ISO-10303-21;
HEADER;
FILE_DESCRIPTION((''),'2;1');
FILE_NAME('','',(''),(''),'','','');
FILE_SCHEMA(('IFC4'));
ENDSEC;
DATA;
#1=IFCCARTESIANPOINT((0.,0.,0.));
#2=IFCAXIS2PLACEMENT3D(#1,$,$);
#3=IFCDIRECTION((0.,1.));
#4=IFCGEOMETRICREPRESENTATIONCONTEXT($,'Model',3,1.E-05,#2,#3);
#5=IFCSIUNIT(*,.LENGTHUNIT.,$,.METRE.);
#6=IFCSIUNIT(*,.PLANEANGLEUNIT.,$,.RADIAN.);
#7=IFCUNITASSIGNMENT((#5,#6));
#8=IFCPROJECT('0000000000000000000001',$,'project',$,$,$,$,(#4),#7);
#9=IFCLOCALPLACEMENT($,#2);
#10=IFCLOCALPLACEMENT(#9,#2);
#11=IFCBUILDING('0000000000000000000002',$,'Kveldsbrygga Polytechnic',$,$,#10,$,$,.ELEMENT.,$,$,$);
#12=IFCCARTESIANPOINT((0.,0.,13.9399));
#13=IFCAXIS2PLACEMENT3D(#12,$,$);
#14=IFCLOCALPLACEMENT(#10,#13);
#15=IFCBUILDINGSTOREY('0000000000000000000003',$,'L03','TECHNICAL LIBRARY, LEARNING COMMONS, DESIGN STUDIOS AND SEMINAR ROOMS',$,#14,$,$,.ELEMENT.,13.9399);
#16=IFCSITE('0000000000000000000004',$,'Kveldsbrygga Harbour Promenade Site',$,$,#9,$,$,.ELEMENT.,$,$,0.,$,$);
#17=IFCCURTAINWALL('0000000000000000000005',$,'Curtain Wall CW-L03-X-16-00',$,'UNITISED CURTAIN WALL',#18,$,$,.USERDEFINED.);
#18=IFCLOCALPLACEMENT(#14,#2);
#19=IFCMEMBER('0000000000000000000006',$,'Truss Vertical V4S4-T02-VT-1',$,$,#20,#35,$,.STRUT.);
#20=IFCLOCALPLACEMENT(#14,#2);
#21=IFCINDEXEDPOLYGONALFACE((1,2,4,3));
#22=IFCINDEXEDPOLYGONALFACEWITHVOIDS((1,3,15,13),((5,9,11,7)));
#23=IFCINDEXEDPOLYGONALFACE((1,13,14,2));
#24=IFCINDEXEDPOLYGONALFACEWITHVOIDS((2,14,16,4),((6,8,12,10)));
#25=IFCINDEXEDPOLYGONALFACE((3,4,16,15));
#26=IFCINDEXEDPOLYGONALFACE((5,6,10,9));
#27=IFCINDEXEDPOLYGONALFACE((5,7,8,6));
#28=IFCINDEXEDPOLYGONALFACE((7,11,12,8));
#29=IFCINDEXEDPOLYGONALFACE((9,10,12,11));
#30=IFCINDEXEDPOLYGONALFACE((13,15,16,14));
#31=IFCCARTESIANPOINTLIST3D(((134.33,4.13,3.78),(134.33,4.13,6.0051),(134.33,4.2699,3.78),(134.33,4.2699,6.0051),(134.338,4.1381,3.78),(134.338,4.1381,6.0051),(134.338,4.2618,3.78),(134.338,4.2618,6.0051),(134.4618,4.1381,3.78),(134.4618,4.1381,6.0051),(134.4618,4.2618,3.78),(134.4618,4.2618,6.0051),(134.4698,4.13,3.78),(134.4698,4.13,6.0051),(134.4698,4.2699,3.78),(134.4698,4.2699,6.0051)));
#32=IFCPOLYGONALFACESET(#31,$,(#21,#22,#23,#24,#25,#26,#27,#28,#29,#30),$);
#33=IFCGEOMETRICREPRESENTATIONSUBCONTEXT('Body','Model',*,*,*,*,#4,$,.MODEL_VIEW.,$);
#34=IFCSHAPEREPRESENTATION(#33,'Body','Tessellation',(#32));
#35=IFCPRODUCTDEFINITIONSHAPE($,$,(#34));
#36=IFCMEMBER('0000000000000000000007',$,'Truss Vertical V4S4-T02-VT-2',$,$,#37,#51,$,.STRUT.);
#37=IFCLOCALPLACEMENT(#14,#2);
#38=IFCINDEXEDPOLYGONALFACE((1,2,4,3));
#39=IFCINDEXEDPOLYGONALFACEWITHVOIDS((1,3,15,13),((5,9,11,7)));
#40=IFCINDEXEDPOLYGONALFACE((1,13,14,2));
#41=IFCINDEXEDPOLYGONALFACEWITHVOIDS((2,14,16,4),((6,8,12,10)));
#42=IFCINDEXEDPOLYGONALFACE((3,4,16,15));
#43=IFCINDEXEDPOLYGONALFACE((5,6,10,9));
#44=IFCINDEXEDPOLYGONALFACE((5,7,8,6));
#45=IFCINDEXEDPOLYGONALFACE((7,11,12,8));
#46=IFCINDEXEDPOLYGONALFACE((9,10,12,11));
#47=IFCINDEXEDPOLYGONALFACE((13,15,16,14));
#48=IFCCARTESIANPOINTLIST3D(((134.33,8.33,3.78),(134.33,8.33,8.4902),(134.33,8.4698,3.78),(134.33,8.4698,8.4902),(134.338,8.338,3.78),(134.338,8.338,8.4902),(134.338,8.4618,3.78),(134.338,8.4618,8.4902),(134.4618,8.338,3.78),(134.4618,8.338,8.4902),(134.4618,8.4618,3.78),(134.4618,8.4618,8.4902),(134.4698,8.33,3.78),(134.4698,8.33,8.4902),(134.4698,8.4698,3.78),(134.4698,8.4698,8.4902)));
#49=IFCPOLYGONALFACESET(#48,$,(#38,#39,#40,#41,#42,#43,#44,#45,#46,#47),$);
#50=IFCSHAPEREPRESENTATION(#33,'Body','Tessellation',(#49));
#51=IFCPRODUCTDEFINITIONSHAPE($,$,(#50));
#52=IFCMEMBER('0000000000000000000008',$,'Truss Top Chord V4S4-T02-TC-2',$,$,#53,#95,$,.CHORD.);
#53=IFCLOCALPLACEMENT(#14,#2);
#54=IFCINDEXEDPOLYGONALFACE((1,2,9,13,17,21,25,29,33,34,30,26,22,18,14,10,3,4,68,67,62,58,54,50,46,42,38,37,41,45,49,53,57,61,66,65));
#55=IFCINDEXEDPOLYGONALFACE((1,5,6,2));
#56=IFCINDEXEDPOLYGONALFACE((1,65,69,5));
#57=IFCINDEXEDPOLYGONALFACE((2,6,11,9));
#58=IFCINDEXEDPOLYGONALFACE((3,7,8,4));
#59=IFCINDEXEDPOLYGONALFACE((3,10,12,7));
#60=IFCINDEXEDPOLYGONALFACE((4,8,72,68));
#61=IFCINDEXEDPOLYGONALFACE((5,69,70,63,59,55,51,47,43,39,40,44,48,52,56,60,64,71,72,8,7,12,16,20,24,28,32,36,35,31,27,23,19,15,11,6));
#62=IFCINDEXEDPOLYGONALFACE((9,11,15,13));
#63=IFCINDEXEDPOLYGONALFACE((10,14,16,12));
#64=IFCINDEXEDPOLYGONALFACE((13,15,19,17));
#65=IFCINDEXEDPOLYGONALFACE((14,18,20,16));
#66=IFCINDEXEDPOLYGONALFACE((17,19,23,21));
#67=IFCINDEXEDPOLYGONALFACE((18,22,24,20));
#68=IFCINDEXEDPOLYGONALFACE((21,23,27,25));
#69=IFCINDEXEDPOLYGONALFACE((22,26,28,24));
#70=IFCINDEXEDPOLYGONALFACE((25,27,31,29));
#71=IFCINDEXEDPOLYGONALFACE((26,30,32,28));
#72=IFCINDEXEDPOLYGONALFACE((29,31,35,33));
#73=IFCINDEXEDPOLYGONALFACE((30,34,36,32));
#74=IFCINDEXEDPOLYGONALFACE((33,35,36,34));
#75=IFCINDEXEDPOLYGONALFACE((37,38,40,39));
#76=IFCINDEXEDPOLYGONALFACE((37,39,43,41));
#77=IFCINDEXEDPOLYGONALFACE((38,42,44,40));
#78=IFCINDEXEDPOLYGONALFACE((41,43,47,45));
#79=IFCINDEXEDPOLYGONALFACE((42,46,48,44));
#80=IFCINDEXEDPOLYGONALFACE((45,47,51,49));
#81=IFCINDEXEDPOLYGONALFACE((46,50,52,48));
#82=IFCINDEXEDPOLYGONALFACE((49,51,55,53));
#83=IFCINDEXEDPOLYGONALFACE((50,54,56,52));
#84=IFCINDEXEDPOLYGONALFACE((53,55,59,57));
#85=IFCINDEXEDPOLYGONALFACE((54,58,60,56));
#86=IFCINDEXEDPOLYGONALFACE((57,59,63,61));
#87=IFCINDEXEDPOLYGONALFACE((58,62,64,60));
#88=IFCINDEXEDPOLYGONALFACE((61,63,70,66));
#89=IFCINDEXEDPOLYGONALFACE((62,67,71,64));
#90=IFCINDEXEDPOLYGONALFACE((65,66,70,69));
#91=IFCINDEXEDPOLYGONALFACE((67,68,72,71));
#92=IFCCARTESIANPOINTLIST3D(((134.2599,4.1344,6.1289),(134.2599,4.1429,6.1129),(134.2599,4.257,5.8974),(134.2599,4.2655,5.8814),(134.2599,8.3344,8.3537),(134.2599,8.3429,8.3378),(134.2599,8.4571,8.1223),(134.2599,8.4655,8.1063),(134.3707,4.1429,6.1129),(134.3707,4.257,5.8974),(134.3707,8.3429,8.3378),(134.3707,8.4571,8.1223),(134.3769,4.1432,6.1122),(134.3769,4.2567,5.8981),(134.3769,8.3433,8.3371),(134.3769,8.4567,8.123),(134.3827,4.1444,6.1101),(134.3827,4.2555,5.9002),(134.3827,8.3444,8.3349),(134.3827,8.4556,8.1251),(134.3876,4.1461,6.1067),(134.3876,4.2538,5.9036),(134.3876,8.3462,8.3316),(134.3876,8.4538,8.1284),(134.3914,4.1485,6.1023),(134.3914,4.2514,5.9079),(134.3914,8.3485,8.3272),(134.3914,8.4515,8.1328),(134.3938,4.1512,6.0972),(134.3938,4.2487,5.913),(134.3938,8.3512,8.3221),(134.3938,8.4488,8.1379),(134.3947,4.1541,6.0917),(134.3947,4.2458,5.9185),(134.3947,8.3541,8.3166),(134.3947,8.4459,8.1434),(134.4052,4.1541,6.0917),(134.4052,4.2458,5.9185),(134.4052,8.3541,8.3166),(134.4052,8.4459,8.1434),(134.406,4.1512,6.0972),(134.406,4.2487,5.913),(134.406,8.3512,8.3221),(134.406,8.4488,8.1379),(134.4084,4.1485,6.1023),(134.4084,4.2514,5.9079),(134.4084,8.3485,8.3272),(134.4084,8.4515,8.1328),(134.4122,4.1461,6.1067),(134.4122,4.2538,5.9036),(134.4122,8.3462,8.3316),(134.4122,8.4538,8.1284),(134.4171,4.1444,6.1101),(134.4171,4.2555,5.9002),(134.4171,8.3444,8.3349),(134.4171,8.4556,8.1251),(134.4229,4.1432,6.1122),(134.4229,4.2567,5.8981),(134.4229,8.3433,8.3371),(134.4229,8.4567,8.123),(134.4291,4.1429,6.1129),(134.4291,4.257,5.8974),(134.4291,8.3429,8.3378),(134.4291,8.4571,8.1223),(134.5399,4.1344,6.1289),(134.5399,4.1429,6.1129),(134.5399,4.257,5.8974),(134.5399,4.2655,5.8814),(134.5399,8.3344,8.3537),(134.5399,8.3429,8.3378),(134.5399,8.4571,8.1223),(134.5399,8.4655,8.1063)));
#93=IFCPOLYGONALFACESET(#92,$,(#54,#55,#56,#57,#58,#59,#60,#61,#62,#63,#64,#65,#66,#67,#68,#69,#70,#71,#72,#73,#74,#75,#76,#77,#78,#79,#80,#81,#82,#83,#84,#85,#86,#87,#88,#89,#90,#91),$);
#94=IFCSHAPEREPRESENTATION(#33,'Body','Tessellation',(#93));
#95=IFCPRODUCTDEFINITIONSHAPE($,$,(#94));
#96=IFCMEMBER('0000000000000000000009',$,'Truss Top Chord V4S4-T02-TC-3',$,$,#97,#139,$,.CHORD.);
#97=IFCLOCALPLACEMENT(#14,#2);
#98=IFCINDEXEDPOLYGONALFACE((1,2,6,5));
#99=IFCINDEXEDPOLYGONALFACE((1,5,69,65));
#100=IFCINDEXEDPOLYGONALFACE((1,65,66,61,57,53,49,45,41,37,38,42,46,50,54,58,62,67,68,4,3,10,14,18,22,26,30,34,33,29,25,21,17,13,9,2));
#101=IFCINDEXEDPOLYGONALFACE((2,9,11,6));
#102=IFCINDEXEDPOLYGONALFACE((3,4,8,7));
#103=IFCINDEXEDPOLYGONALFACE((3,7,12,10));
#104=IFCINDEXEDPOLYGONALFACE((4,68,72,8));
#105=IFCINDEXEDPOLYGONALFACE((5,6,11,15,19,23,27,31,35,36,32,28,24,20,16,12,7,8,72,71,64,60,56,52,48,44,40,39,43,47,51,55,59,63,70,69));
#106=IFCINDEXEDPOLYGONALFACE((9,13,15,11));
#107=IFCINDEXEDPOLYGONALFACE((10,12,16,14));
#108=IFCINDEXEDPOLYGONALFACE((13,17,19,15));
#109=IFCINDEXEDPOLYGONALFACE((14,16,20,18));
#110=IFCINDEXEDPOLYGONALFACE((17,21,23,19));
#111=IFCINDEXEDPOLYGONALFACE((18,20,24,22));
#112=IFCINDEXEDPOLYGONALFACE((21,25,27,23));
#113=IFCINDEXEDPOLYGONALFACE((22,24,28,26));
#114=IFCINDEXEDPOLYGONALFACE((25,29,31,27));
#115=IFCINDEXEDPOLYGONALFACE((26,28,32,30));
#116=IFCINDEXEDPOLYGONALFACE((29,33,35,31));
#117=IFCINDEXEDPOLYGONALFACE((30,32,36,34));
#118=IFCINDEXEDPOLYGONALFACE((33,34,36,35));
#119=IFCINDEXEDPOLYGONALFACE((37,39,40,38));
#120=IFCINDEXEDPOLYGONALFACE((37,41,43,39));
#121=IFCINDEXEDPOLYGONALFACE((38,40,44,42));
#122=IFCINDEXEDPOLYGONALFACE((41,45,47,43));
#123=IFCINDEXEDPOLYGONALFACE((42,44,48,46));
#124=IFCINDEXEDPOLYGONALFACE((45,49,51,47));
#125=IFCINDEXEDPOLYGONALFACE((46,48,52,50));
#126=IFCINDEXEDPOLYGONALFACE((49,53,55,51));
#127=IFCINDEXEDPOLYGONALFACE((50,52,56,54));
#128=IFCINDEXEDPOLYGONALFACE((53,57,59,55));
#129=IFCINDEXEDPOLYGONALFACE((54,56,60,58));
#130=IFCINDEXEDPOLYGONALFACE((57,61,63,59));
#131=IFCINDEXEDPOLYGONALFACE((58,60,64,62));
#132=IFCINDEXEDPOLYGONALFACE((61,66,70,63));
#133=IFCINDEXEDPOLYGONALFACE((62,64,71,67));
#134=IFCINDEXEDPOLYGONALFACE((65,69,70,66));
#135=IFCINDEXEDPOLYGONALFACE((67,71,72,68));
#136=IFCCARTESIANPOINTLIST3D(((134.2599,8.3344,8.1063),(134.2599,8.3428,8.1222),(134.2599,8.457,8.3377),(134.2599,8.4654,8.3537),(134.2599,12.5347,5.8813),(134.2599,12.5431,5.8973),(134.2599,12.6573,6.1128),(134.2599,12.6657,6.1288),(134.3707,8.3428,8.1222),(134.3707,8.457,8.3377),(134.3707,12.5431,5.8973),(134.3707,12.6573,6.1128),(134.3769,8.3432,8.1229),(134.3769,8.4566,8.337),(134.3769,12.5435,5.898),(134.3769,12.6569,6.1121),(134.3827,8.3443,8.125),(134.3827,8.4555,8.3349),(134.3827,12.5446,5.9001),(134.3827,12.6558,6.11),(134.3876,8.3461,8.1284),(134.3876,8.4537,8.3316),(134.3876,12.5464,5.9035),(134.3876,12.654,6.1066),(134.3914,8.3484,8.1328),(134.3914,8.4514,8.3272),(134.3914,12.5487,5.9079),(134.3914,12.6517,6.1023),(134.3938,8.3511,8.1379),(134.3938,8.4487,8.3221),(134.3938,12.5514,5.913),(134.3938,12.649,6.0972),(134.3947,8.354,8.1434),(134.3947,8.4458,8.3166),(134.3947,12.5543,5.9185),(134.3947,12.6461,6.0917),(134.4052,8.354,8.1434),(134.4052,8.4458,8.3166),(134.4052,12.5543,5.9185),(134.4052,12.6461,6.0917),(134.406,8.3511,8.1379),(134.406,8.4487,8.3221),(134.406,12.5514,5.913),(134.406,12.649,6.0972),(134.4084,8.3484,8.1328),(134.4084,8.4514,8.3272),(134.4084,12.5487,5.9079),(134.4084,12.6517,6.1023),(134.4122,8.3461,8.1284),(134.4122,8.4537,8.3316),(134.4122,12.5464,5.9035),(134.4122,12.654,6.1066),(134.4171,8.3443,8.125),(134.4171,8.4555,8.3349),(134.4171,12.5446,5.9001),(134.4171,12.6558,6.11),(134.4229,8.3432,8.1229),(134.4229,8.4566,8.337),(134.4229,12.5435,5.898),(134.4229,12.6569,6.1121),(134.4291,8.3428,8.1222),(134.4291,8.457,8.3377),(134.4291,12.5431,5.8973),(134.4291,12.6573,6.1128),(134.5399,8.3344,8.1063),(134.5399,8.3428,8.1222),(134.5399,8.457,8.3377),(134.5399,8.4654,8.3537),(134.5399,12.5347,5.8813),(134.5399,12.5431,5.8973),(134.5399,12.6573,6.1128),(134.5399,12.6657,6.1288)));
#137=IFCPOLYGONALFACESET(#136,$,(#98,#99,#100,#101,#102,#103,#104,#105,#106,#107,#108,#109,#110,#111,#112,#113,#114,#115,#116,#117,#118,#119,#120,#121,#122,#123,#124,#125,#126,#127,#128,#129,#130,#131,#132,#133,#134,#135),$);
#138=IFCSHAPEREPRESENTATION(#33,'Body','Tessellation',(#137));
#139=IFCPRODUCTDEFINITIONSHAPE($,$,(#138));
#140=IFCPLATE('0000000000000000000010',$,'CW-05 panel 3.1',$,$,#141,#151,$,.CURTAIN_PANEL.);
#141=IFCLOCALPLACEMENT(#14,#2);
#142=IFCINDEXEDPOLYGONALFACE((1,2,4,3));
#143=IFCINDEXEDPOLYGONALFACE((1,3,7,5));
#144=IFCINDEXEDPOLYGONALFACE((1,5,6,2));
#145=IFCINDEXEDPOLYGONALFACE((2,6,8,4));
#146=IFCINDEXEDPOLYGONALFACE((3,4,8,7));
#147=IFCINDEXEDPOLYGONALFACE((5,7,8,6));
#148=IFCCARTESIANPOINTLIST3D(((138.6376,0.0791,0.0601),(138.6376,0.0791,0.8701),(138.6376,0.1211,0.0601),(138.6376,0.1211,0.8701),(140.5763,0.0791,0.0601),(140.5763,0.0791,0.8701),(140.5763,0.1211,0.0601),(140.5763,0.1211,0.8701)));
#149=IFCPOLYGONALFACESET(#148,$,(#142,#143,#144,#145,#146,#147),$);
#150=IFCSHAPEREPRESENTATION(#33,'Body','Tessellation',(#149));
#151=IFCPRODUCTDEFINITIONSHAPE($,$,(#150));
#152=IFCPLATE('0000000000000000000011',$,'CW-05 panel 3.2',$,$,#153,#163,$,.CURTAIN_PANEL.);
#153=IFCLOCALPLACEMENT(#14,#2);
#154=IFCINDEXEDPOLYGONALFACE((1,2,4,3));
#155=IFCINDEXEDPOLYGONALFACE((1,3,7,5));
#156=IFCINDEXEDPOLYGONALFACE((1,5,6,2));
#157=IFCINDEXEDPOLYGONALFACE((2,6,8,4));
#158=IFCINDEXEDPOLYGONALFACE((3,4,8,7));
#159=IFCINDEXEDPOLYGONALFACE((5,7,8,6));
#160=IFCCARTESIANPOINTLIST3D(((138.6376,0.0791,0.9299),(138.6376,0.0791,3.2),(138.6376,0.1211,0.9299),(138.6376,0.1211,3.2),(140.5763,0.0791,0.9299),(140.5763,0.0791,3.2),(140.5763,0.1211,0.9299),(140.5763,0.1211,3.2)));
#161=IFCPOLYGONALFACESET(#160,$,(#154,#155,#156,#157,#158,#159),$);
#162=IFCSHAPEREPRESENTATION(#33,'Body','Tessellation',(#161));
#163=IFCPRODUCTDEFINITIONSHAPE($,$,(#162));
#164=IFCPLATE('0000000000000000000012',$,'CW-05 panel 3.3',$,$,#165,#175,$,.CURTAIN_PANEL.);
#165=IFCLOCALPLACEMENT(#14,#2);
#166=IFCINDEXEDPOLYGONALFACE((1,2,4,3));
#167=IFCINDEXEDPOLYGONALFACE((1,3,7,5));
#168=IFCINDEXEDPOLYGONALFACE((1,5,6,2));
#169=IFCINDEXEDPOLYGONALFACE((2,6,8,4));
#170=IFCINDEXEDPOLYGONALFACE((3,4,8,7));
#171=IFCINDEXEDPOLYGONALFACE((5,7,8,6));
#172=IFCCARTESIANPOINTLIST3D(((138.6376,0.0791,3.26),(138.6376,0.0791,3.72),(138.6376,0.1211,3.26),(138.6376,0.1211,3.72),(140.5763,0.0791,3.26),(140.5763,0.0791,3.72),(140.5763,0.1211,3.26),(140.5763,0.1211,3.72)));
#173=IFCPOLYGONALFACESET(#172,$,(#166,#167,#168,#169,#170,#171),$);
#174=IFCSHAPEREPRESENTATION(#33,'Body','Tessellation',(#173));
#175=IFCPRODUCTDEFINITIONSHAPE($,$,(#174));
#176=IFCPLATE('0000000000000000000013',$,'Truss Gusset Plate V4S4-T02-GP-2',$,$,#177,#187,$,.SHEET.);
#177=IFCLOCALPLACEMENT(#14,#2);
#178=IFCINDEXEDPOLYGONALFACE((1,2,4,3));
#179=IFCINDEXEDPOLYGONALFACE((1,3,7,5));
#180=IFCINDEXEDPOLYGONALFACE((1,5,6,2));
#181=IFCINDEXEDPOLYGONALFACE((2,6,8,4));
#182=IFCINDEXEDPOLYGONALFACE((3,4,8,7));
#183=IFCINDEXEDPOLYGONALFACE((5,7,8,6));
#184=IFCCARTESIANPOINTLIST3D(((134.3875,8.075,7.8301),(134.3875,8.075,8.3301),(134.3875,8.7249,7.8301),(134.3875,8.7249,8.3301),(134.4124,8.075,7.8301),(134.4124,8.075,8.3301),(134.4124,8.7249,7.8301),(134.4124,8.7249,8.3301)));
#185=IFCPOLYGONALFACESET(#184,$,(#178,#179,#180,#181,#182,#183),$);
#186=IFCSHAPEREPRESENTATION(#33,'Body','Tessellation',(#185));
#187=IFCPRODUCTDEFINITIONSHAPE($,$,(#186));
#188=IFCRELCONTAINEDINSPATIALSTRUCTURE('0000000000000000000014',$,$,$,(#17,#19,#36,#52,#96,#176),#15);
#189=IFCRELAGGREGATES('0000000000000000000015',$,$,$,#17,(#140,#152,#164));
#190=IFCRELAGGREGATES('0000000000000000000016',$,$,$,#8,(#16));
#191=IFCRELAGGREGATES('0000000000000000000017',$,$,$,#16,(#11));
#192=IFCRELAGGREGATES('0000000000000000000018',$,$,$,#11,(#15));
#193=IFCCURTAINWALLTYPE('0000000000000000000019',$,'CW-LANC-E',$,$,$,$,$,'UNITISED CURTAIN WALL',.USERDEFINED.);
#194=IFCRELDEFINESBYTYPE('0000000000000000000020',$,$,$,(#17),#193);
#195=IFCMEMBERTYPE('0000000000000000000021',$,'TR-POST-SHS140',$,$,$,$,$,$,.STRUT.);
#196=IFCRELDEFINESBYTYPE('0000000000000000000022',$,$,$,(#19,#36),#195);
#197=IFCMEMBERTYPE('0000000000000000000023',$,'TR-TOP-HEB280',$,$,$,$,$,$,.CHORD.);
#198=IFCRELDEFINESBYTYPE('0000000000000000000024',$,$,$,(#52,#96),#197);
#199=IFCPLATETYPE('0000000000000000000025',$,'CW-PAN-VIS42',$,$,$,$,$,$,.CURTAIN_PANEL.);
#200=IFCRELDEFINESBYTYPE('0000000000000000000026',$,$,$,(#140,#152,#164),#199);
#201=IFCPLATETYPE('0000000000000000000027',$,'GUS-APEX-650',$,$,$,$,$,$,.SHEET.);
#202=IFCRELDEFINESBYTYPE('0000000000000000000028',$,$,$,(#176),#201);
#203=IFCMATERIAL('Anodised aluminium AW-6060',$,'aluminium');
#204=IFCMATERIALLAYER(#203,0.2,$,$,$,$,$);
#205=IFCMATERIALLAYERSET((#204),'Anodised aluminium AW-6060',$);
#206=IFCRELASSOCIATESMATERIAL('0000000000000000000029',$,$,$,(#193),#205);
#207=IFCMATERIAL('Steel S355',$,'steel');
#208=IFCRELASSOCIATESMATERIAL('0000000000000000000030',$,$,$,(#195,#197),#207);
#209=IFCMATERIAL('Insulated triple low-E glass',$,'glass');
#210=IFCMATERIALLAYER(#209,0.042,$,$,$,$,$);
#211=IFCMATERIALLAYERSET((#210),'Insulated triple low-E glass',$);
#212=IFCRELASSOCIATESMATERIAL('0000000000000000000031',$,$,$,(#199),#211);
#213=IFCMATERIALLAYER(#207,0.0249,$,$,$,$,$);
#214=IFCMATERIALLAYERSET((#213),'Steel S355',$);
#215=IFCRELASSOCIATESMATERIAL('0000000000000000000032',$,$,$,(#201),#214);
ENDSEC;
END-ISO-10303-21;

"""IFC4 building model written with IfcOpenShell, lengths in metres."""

from ifc_helpers import new_model, si_unit, direction, frame, origin, origin_2d, place, context, subcontext, project, spatial, rectangle, hollow_rectangle, i_section, extrude, material, layer, layer_set, material_profile, profile_set, type_object, element, aggregate, save


model = new_model("IFC4")

# Units and contexts
model_context = context("Model", 3, precision=1e-05, world=origin(), true_north=direction((0.0, 1.0)))
body_context = subcontext(model_context, "Body", "Model", "MODEL_VIEW")
ifc_project = project(units=[si_unit("LENGTHUNIT", "METRE"), si_unit("PLANEANGLEUNIT", "RADIAN")], contexts=[model_context])

# Site, building, storey
site_placement = place(None, origin())
site = spatial("IfcSite", under=ifc_project, at=site_placement, Name="Kveldsbrygga Harbour Promenade Site", CompositionType="ELEMENT", RefElevation=0.0)
building_placement = place(site_placement, origin())
building = spatial("IfcBuilding", under=site, at=building_placement, Name="Kveldsbrygga Polytechnic", CompositionType="ELEMENT")
storey_placement = place(building_placement, frame((0.0, 0.0, 13.9399)))
storey = spatial("IfcBuildingStorey", under=building, at=storey_placement, Name="L03", Description="TECHNICAL LIBRARY, LEARNING COMMONS, DESIGN STUDIOS AND SEMINAR ROOMS", CompositionType="ELEMENT", Elevation=13.9399)

# Shared definitions
ifc_material_1 = material(Name="Steel S355", Category="steel")

# Curtain wall
ifc_material_2 = material(Name="Anodised aluminium AW-6060", Category="aluminium")
ifc_layer_1 = layer(ifc_material_2, 0.2)
ifc_layer_set_1 = layer_set([ifc_layer_1], Name="Anodised aluminium AW-6060")
curtain_wall_type = type_object("IfcCurtainWallType", Name="CW-LANC-E", ElementType="UNITISED CURTAIN WALL", PredefinedType="USERDEFINED", material=ifc_layer_set_1)
curtain_wall_placement = place(storey_placement, origin())
curtain_wall = element("IfcCurtainWall", 1, at=curtain_wall_placement, inside=storey, type_object=curtain_wall_type, Name="Curtain Wall CW-L03-X-16-00", ObjectType="UNITISED CURTAIN WALL", PredefinedType="USERDEFINED")

# Members
ifc_material_profile_1 = material_profile(ifc_material_1, hollow_rectangle(XDim=0.1399, YDim=0.1399, WallThickness=0.0081, at=origin_2d()), Name="SHS 140x140x8.0")
ifc_profile_set_1 = profile_set([ifc_material_profile_1], Name="Steel S355")
member_type_1 = type_object("IfcMemberType", Name="TR-POST-SHS140", PredefinedType="STRUT", material=ifc_profile_set_1)
member_1_placement = place(storey_placement, frame((134.3999, 4.2, 3.78), z_axis=(0.0, 0.0, 1.0), x_axis=(1.0, 0.0, 0.0)))
element("IfcMember", 2, at=member_1_placement, inside=storey, type_object=member_type_1, Name="Truss Vertical V4S4-T02-VT-1", PredefinedType="STRUT", context=body_context, shape_type="SweptSolid", body=[
    extrude(hollow_rectangle(XDim=0.1399, YDim=0.1399, WallThickness=0.0081, at=origin_2d()), origin(), (0.0, 0.0, 1.0), 2.2251),
])
member_2_placement = place(storey_placement, frame((134.3999, 8.3999, 3.78), z_axis=(0.0, 0.0, 1.0), x_axis=(1.0, 0.0, 0.0)))
element("IfcMember", 3, at=member_2_placement, inside=storey, type_object=member_type_1, Name="Truss Vertical V4S4-T02-VT-2", PredefinedType="STRUT", context=body_context, shape_type="SweptSolid", body=[
    extrude(hollow_rectangle(XDim=0.1399, YDim=0.1399, WallThickness=0.0081, at=origin_2d()), origin(), (0.0, 0.0, 1.0), 4.7102),
])
ifc_material_profile_2 = material_profile(ifc_material_1, i_section(OverallWidth=0.28, OverallDepth=0.28, WebThickness=0.0105, FlangeThickness=0.0181, FilletRadius=0.0239, at=origin_2d()), Name="HEB 280")
ifc_profile_set_2 = profile_set([ifc_material_profile_2], Name="Steel S355")
member_type_2 = type_object("IfcMemberType", Name="TR-TOP-HEB280", PredefinedType="CHORD", material=ifc_profile_set_2)
member_3_placement = place(storey_placement, frame((134.3999, 4.2, 6.0051), z_axis=(0.0, 0.88367, 0.46811), x_axis=(-1.0, 0.0, 0.0)))
element("IfcMember", 4, at=member_3_placement, inside=storey, type_object=member_type_2, Name="Truss Top Chord V4S4-T02-TC-2", PredefinedType="CHORD", context=body_context, shape_type="SweptSolid", body=[
    extrude(i_section(OverallWidth=0.28, OverallDepth=0.28, WebThickness=0.0105, FlangeThickness=0.0181, FilletRadius=0.0239, at=origin_2d()), origin(), (0.0, 0.0, 1.0), 4.7529),
])
member_4_placement = place(storey_placement, frame((134.3999, 8.3999, 8.23), z_axis=(0.0, 0.883682, -0.468088), x_axis=(-1.0, 0.0, 0.0)))
element("IfcMember", 5, at=member_4_placement, inside=storey, type_object=member_type_2, Name="Truss Top Chord V4S4-T02-TC-3", PredefinedType="CHORD", context=body_context, shape_type="SweptSolid", body=[
    extrude(i_section(OverallWidth=0.28, OverallDepth=0.28, WebThickness=0.0105, FlangeThickness=0.0181, FilletRadius=0.0239, at=origin_2d()), origin(), (0.0, 0.0, 1.0), 4.7532),
])

# Plates
ifc_material_3 = material(Name="Insulated triple low-E glass", Category="glass")
ifc_layer_2 = layer(ifc_material_3, 0.042)
ifc_layer_set_2 = layer_set([ifc_layer_2], Name="Insulated triple low-E glass")
plate_type_1 = type_object("IfcPlateType", Name="CW-PAN-VIS42", PredefinedType="CURTAIN_PANEL", material=ifc_layer_set_2)
plate_1_placement = place(storey_placement, frame((139.6069, 0.1001, 0.0601), z_axis=(0.0, 0.0, 1.0), x_axis=(1.0, 0.0, 0.0)))
plate_1 = element("IfcPlate", 6, at=plate_1_placement, type_object=plate_type_1, Name="CW-05 panel 3.1", PredefinedType="CURTAIN_PANEL", context=body_context, shape_type="SweptSolid", body=[
    extrude(rectangle(XDim=1.9387, YDim=0.042, at=origin_2d()), origin(), (0.0, 0.0, 1.0), 0.8101),
])
plate_2_placement = place(storey_placement, frame((139.6069, 0.1001, 0.9299), z_axis=(0.0, 0.0, 1.0), x_axis=(1.0, 0.0, 0.0)))
plate_2 = element("IfcPlate", 7, at=plate_2_placement, type_object=plate_type_1, Name="CW-05 panel 3.2", PredefinedType="CURTAIN_PANEL", context=body_context, shape_type="SweptSolid", body=[
    extrude(rectangle(XDim=1.9387, YDim=0.042, at=origin_2d()), origin(), (0.0, 0.0, 1.0), 2.27),
])
plate_3_placement = place(storey_placement, frame((139.6069, 0.1001, 3.26), z_axis=(0.0, 0.0, 1.0), x_axis=(1.0, 0.0, 0.0)))
plate_3 = element("IfcPlate", 8, at=plate_3_placement, type_object=plate_type_1, Name="CW-05 panel 3.3", PredefinedType="CURTAIN_PANEL", context=body_context, shape_type="SweptSolid", body=[
    extrude(rectangle(XDim=1.9387, YDim=0.042, at=origin_2d()), origin(), (0.0, 0.0, 1.0), 0.46),
])
aggregate(curtain_wall, [plate_1, plate_2, plate_3])

# Plate
ifc_layer_3 = layer(ifc_material_1, 0.0249)
ifc_layer_set_3 = layer_set([ifc_layer_3], Name="Steel S355")
plate_type_2 = type_object("IfcPlateType", Name="GUS-APEX-650", PredefinedType="SHEET", material=ifc_layer_set_3)
plate_4_placement = place(storey_placement, frame((134.3999, 8.3999, 7.8301), z_axis=(0.0, 0.0, 1.0), x_axis=(1.0, 0.0, 0.0)))
element("IfcPlate", 9, at=plate_4_placement, inside=storey, type_object=plate_type_2, Name="Truss Gusset Plate V4S4-T02-GP-2", PredefinedType="SHEET", context=body_context, shape_type="SweptSolid", body=[
    extrude(rectangle(XDim=0.0249, YDim=0.6499, at=origin_2d()), origin(), (0.0, 0.0, 1.0), 0.5),
])

save(model, "model.ifc")
